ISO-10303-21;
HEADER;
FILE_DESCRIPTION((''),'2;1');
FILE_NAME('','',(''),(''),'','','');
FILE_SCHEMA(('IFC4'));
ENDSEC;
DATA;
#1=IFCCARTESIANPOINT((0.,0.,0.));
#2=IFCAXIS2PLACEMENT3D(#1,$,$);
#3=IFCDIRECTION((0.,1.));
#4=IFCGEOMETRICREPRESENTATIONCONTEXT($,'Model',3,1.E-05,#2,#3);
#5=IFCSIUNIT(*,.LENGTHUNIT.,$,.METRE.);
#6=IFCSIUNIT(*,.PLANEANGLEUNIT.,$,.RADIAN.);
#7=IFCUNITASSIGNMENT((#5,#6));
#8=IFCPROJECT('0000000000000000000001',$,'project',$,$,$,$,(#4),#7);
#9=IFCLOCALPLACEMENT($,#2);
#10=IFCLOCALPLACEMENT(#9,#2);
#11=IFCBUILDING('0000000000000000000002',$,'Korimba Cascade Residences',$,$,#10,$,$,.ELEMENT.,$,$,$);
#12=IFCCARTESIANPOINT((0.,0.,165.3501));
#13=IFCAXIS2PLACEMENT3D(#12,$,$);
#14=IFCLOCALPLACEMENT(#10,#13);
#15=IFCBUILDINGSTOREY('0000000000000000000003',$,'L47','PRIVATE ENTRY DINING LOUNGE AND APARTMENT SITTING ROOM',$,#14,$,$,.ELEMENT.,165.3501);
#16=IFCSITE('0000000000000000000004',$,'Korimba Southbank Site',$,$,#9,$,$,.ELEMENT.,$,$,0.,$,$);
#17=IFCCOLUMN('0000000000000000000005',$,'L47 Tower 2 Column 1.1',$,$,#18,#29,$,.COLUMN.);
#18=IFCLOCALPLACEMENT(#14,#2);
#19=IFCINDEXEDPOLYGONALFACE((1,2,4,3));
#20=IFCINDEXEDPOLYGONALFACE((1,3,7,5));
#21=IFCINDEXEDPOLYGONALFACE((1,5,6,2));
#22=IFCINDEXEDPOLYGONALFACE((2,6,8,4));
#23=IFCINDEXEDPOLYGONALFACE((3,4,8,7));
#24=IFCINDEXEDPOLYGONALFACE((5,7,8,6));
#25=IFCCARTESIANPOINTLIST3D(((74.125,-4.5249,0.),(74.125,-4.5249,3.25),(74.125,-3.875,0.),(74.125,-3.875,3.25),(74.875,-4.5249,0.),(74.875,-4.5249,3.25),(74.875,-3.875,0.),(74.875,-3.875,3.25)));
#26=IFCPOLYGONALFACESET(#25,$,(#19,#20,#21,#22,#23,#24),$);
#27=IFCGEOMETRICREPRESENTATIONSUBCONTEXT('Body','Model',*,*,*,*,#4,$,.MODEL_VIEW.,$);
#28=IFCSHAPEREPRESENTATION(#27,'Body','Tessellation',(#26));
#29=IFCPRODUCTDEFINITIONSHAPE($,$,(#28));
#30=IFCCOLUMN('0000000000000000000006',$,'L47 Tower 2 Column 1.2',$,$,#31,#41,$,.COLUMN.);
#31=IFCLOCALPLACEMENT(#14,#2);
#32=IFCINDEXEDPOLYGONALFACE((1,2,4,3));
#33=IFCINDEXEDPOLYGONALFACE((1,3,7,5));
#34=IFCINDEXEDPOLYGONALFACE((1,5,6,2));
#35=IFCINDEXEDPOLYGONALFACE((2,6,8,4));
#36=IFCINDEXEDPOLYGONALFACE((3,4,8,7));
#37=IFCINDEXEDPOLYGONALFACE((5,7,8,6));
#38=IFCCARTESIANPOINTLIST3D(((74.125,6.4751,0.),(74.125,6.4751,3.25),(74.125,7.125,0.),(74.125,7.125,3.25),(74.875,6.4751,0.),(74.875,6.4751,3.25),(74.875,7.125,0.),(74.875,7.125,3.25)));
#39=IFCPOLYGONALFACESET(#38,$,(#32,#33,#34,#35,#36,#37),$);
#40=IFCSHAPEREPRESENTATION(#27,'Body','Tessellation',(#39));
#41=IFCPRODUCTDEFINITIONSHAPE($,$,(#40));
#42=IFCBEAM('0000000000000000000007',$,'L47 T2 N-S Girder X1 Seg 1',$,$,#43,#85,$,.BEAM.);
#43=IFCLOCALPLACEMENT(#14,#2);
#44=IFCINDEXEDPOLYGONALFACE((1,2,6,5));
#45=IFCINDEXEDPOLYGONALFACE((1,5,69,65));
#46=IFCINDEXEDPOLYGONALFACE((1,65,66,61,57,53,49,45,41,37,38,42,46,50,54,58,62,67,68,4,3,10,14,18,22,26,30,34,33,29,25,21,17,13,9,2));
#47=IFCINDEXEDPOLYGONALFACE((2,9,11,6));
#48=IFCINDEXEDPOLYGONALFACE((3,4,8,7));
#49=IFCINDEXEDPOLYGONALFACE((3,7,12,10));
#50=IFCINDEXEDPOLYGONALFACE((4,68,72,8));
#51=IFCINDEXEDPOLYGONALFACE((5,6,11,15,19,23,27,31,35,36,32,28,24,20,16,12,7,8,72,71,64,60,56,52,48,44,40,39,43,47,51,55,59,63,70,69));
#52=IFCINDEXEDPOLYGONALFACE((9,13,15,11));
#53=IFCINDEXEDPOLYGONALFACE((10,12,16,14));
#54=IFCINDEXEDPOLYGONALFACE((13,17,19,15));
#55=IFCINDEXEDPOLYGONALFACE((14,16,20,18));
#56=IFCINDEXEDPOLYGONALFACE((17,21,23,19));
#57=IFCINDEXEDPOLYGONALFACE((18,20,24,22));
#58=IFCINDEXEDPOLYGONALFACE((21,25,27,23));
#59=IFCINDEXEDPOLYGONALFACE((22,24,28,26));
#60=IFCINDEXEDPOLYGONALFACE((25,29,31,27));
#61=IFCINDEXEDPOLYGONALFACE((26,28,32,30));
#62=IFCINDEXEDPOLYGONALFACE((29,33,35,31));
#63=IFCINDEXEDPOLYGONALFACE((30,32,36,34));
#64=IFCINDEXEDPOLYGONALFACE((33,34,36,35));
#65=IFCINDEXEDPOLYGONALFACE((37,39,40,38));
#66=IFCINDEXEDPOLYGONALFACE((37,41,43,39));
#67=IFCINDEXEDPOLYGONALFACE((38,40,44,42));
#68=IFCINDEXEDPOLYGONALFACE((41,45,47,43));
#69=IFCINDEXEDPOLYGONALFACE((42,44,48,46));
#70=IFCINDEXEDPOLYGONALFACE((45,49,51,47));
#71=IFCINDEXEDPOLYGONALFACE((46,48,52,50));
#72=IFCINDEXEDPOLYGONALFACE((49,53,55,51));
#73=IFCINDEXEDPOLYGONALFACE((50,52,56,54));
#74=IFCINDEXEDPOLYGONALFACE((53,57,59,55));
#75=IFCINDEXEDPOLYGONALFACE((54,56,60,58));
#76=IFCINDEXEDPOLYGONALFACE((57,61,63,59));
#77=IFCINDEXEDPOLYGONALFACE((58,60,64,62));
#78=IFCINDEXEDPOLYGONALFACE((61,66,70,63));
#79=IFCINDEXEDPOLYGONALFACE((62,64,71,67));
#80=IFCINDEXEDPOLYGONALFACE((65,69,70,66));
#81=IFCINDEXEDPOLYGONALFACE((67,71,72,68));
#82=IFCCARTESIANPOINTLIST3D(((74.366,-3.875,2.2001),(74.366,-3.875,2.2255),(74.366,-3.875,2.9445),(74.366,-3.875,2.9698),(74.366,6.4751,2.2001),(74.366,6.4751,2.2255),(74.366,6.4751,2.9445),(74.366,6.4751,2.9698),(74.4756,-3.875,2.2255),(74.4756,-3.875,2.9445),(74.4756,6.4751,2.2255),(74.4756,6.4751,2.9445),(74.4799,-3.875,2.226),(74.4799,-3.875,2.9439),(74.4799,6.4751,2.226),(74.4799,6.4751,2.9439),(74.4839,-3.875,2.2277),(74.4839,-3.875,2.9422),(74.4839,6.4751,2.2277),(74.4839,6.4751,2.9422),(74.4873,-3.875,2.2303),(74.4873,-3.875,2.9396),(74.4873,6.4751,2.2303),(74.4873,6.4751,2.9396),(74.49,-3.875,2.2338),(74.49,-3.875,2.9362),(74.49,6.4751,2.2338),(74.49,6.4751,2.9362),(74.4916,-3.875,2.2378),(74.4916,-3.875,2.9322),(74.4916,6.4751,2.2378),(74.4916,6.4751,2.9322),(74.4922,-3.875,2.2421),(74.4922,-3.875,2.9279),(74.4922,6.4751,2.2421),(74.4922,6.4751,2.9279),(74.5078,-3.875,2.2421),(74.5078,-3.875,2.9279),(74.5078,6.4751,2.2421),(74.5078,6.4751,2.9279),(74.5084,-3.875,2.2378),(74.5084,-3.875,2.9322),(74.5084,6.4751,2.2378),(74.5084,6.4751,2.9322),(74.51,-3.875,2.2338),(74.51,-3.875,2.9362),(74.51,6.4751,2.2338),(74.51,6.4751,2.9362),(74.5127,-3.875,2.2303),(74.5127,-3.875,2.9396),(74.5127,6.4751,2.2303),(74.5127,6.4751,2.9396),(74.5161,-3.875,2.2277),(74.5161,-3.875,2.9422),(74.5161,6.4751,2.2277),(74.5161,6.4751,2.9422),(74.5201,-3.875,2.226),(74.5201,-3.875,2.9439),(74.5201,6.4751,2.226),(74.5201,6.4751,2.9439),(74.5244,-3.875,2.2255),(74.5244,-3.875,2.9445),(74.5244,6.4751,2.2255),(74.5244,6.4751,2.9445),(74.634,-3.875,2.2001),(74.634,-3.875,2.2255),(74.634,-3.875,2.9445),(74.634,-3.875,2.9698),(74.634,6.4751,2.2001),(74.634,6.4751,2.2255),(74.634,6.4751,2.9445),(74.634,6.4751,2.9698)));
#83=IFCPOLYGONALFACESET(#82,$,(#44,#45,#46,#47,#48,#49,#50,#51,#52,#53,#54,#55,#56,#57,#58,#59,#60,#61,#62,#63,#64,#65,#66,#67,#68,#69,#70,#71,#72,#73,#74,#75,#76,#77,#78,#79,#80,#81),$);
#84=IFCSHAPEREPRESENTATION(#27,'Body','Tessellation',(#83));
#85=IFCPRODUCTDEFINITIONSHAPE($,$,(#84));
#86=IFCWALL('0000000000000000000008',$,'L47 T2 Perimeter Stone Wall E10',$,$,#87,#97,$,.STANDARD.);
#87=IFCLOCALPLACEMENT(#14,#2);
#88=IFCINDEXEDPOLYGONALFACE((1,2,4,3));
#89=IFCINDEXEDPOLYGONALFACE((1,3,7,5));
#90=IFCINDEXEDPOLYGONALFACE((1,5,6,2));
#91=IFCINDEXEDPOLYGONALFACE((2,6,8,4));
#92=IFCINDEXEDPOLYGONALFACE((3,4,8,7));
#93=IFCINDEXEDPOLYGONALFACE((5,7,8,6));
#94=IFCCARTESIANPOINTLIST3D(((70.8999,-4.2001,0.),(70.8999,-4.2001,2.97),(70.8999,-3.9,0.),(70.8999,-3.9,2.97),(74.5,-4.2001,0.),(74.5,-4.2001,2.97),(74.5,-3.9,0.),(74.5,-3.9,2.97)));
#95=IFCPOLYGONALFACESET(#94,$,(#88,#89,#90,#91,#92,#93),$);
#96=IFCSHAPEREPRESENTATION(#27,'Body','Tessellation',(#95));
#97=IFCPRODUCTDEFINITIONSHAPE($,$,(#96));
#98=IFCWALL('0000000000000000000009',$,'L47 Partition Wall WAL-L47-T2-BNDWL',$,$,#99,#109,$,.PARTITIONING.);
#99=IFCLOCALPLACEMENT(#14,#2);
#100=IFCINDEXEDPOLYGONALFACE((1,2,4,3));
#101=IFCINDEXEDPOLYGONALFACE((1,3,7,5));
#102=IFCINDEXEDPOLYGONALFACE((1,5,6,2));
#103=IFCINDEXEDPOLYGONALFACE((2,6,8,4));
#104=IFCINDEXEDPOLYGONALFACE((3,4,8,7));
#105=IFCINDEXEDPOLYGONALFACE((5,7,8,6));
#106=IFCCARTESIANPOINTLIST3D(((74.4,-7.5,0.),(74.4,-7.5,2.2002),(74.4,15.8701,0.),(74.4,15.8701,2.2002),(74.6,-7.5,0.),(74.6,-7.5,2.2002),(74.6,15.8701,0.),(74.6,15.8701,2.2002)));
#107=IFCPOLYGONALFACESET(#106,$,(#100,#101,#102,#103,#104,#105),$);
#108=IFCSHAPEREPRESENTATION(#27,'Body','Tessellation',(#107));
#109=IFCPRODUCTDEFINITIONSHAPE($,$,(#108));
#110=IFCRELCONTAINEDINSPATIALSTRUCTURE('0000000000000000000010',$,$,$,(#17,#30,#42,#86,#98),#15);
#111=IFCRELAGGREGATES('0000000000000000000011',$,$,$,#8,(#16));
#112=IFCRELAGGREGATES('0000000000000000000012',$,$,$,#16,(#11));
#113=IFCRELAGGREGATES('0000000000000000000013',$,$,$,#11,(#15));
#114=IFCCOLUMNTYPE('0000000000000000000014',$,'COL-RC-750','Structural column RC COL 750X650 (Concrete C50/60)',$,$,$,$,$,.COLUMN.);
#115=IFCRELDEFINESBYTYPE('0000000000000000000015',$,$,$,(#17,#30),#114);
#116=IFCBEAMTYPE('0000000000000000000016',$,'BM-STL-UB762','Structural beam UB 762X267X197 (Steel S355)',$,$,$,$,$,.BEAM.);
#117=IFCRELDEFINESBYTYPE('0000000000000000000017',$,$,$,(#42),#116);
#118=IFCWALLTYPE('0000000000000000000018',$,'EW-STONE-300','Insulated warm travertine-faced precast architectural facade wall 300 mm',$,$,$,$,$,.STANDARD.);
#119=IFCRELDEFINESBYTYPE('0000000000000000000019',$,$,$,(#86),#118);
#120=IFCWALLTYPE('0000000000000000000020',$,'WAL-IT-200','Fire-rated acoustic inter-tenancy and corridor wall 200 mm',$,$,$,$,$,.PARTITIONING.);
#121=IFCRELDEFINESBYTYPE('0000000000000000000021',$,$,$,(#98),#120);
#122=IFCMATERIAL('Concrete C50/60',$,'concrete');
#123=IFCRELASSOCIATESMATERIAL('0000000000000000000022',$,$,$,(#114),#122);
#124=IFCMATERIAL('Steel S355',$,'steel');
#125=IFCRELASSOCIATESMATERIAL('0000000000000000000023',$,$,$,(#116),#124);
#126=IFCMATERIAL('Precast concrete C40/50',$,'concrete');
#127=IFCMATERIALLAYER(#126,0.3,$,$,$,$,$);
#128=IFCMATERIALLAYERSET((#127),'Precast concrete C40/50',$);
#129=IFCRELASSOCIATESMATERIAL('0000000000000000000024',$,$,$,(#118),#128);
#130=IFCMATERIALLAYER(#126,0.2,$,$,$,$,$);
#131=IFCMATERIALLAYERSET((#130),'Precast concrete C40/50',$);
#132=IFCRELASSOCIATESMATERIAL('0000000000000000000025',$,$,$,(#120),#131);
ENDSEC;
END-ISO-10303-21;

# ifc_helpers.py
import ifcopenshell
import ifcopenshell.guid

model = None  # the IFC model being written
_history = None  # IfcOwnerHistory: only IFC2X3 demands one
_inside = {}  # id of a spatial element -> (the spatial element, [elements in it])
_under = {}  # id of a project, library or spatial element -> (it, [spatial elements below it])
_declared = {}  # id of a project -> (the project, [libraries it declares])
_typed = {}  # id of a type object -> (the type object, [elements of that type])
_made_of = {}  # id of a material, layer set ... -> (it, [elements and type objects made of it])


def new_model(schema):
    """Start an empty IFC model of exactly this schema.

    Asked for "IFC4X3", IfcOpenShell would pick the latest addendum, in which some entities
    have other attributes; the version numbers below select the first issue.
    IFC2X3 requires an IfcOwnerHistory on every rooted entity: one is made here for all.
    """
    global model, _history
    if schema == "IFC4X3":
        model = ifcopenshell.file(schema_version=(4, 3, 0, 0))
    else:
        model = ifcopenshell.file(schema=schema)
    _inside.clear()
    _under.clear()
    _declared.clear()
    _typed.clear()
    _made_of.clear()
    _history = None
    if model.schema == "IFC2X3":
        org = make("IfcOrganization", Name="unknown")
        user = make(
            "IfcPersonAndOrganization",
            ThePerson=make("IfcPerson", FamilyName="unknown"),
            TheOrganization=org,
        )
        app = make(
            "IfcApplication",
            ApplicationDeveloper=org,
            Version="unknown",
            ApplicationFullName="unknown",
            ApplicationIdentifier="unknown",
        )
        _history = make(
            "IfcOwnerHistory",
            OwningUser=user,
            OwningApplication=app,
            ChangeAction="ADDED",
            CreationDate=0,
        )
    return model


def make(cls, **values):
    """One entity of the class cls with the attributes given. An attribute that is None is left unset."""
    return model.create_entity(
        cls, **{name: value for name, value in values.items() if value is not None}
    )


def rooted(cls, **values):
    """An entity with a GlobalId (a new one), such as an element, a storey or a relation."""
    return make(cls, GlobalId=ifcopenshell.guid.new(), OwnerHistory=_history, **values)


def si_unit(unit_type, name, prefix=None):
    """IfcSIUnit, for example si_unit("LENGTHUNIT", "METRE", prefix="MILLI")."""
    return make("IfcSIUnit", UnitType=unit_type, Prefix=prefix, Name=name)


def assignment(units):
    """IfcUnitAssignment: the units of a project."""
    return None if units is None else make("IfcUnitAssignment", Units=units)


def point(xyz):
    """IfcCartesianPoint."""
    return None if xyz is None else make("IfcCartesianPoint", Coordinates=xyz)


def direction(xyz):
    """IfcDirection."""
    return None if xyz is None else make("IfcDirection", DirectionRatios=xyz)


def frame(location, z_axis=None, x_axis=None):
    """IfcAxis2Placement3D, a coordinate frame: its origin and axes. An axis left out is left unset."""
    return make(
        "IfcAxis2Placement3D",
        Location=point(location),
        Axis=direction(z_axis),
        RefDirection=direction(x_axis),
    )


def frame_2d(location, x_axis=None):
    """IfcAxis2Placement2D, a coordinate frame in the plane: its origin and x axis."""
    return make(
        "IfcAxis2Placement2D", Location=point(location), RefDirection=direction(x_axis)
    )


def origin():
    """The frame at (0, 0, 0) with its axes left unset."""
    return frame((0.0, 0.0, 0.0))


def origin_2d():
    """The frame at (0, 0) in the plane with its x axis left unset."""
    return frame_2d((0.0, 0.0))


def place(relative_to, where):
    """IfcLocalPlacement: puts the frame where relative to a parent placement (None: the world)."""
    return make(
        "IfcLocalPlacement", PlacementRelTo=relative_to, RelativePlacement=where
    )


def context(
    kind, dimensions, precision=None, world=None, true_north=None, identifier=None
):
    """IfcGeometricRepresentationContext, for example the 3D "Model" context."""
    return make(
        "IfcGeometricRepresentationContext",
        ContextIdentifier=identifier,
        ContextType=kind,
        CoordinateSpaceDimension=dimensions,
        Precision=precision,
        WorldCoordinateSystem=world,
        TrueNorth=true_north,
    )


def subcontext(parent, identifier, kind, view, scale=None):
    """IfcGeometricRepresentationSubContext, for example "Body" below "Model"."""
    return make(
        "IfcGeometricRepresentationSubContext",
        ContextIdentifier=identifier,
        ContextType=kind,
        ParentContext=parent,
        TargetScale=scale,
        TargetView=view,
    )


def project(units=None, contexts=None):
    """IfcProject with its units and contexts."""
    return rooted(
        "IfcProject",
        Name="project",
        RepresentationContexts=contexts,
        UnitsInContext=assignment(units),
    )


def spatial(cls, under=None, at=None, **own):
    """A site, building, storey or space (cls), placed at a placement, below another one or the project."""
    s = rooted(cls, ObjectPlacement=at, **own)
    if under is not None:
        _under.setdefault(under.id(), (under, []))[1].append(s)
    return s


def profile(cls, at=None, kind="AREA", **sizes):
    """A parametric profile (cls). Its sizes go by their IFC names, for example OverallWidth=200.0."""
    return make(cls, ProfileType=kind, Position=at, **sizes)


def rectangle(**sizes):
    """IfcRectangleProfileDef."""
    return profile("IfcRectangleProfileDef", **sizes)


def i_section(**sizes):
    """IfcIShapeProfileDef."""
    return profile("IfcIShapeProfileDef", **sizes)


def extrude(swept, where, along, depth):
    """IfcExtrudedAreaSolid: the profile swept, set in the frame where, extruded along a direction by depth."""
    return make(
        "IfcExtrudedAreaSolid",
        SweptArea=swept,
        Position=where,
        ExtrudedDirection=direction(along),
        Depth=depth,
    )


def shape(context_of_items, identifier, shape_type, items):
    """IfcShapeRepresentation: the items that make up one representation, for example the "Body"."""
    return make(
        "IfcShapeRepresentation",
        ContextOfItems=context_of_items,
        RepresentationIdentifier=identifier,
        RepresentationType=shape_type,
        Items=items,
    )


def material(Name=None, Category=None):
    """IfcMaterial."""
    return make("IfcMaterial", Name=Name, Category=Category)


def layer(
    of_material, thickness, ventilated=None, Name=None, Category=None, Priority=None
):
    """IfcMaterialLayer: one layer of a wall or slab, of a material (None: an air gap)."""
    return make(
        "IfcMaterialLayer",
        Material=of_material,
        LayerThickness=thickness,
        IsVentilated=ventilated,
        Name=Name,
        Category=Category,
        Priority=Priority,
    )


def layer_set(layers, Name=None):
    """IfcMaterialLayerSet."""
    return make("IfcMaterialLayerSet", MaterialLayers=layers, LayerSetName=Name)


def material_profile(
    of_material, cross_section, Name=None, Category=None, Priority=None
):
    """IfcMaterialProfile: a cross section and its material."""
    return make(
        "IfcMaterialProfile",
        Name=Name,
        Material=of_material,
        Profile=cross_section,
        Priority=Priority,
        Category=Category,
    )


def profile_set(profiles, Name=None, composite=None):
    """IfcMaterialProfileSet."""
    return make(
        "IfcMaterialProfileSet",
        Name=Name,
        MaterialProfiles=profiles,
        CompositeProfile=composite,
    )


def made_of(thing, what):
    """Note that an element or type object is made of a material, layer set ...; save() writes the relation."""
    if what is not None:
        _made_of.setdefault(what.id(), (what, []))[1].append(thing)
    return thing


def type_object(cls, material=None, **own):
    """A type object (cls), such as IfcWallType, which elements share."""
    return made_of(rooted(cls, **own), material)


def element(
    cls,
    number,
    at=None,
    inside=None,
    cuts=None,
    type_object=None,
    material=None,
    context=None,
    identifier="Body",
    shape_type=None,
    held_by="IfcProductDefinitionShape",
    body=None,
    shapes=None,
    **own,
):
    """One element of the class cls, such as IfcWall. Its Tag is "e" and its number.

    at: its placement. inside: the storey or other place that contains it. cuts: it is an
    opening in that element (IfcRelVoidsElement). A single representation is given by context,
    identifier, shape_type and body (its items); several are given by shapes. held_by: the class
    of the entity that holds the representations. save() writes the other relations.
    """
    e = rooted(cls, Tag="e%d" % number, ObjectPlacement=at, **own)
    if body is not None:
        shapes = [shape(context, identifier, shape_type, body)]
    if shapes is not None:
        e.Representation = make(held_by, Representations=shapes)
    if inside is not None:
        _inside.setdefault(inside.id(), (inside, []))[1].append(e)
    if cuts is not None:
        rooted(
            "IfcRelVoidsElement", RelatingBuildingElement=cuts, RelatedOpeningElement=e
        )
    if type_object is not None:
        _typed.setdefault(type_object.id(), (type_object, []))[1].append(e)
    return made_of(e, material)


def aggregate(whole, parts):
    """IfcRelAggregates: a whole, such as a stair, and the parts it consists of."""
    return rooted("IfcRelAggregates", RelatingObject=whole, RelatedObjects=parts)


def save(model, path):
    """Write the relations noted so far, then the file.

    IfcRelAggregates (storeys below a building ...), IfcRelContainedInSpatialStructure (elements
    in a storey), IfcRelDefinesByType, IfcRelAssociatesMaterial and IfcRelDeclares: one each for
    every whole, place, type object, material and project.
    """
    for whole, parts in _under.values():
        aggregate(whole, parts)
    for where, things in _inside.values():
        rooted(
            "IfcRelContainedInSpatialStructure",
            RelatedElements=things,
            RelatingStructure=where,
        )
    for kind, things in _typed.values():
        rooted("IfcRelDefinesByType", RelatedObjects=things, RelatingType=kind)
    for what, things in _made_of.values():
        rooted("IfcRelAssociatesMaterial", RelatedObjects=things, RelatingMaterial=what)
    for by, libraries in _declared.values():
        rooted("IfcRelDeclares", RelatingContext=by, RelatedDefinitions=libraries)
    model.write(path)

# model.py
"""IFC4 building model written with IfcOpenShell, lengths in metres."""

from ifc_helpers import new_model, si_unit, direction, frame, frame_2d, origin, origin_2d, place, context, subcontext, project, spatial, rectangle, i_section, extrude, material, layer, layer_set, material_profile, profile_set, type_object, element, save


model = new_model("IFC4")

# Units and contexts
model_context = context("Model", 3, precision=1e-05, world=origin(), true_north=direction((0.0, 1.0)))
body_context = subcontext(model_context, "Body", "Model", "MODEL_VIEW")
ifc_project = project(units=[si_unit("LENGTHUNIT", "METRE"), si_unit("PLANEANGLEUNIT", "RADIAN")], contexts=[model_context])

# Site, building, storey
site_placement = place(None, origin())
site = spatial("IfcSite", under=ifc_project, at=site_placement, Name="Korimba Southbank Site", CompositionType="ELEMENT", RefElevation=0.0)
building_placement = place(site_placement, origin())
building = spatial("IfcBuilding", under=site, at=building_placement, Name="Korimba Cascade Residences", CompositionType="ELEMENT")
storey_placement = place(building_placement, frame((0.0, 0.0, 165.3501)))
storey = spatial("IfcBuildingStorey", under=building, at=storey_placement, Name="L47", Description="PRIVATE ENTRY DINING LOUNGE AND APARTMENT SITTING ROOM", CompositionType="ELEMENT", Elevation=165.3501)

# Columns
ifc_material_1 = material(Name="Concrete C50/60", Category="concrete")
ifc_material_profile_1 = material_profile(ifc_material_1, rectangle(XDim=0.75, YDim=0.6499, at=origin_2d()), Name="Concrete C50/60")
ifc_profile_set_1 = profile_set([ifc_material_profile_1], Name="Concrete C50/60")
column_type = type_object("IfcColumnType", Name="COL-RC-750", Description="Structural column RC COL 750X650 (Concrete C50/60)", PredefinedType="COLUMN", material=ifc_profile_set_1)
for number, where, z_axis, x_axis, name in (
    (1, (74.5, -4.2, 0.0), (0.0, 0.0, 1.0), (1.0, 0.0, 0.0), "L47 Tower 2 Column 1.1"),
    (2, (74.5, 6.8, 0.0), (0.0, 0.0, 1.0), (1.0, 0.0, 0.0), "L47 Tower 2 Column 1.2"),
):
    element("IfcColumn", number, at=place(storey_placement, frame(where, z_axis=z_axis, x_axis=x_axis)), inside=storey, type_object=column_type, Name=name, PredefinedType="COLUMN", context=body_context, shape_type="SweptSolid", body=[
        extrude(rectangle(XDim=0.75, YDim=0.6499, at=origin_2d()), origin(), (0.0, 0.0, 1.0), 3.25),
    ])

# Beam
ifc_material_2 = material(Name="Steel S355", Category="steel")
ifc_material_profile_2 = material_profile(ifc_material_2, i_section(OverallWidth=0.2681, OverallDepth=0.7698, WebThickness=0.0156, FlangeThickness=0.0254, FilletRadius=0.0166, at=origin_2d()), Name="Steel S355")
ifc_profile_set_2 = profile_set([ifc_material_profile_2], Name="Steel S355")
beam_type = type_object("IfcBeamType", Name="BM-STL-UB762", Description="Structural beam UB 762X267X197 (Steel S355)", PredefinedType="BEAM", material=ifc_profile_set_2)
beam_placement = place(storey_placement, frame((74.5, -3.875, 2.585), z_axis=(0.0, 1.0, 0.0), x_axis=(-1.0, 0.0, 0.0)))
element("IfcBeam", 3, at=beam_placement, inside=storey, type_object=beam_type, Name="L47 T2 N-S Girder X1 Seg 1", PredefinedType="BEAM", context=body_context, shape_type="SweptSolid", body=[
    extrude(i_section(OverallWidth=0.2681, OverallDepth=0.7698, WebThickness=0.0156, FlangeThickness=0.0254, FilletRadius=0.0166, at=origin_2d()), origin(), (0.0, 0.0, 1.0), 10.3501),
])

# Shared definitions
ifc_material_3 = material(Name="Precast concrete C40/50", Category="concrete")

# Walls
ifc_layer_1 = layer(ifc_material_3, 0.3)
ifc_layer_set_1 = layer_set([ifc_layer_1], Name="Precast concrete C40/50")
wall_type_1 = type_object("IfcWallType", Name="EW-STONE-300", Description="Insulated warm travertine-faced precast architectural facade wall 300 mm", PredefinedType="STANDARD", material=ifc_layer_set_1)
wall_1_placement = place(storey_placement, frame((70.8999, -4.05, 0.0), z_axis=(0.0, 0.0, 1.0), x_axis=(1.0, 0.0, 0.0)))
element("IfcWall", 4, at=wall_1_placement, inside=storey, type_object=wall_type_1, Name="L47 T2 Perimeter Stone Wall E10", PredefinedType="STANDARD", context=body_context, shape_type="SweptSolid", body=[
    extrude(rectangle(XDim=3.6001, YDim=0.3, at=frame_2d((1.8, 0.0))), origin(), (0.0, 0.0, 1.0), 2.97),
])
ifc_layer_2 = layer(ifc_material_3, 0.2)
ifc_layer_set_2 = layer_set([ifc_layer_2], Name="Precast concrete C40/50")
wall_type_2 = type_object("IfcWallType", Name="WAL-IT-200", Description="Fire-rated acoustic inter-tenancy and corridor wall 200 mm", PredefinedType="PARTITIONING", material=ifc_layer_set_2)
wall_2_placement = place(storey_placement, frame((74.5, -7.5, 0.0), z_axis=(0.0, 0.0, 1.0), x_axis=(0.0, 1.0, 0.0)))
element("IfcWall", 5, at=wall_2_placement, inside=storey, type_object=wall_type_2, Name="L47 Partition Wall WAL-L47-T2-BNDWL", PredefinedType="PARTITIONING", context=body_context, shape_type="SweptSolid", body=[
    extrude(rectangle(XDim=23.3701, YDim=0.2, at=frame_2d((11.6851, 0.0))), origin(), (0.0, 0.0, 1.0), 2.2002),
])

save(model, "model.ifc")
